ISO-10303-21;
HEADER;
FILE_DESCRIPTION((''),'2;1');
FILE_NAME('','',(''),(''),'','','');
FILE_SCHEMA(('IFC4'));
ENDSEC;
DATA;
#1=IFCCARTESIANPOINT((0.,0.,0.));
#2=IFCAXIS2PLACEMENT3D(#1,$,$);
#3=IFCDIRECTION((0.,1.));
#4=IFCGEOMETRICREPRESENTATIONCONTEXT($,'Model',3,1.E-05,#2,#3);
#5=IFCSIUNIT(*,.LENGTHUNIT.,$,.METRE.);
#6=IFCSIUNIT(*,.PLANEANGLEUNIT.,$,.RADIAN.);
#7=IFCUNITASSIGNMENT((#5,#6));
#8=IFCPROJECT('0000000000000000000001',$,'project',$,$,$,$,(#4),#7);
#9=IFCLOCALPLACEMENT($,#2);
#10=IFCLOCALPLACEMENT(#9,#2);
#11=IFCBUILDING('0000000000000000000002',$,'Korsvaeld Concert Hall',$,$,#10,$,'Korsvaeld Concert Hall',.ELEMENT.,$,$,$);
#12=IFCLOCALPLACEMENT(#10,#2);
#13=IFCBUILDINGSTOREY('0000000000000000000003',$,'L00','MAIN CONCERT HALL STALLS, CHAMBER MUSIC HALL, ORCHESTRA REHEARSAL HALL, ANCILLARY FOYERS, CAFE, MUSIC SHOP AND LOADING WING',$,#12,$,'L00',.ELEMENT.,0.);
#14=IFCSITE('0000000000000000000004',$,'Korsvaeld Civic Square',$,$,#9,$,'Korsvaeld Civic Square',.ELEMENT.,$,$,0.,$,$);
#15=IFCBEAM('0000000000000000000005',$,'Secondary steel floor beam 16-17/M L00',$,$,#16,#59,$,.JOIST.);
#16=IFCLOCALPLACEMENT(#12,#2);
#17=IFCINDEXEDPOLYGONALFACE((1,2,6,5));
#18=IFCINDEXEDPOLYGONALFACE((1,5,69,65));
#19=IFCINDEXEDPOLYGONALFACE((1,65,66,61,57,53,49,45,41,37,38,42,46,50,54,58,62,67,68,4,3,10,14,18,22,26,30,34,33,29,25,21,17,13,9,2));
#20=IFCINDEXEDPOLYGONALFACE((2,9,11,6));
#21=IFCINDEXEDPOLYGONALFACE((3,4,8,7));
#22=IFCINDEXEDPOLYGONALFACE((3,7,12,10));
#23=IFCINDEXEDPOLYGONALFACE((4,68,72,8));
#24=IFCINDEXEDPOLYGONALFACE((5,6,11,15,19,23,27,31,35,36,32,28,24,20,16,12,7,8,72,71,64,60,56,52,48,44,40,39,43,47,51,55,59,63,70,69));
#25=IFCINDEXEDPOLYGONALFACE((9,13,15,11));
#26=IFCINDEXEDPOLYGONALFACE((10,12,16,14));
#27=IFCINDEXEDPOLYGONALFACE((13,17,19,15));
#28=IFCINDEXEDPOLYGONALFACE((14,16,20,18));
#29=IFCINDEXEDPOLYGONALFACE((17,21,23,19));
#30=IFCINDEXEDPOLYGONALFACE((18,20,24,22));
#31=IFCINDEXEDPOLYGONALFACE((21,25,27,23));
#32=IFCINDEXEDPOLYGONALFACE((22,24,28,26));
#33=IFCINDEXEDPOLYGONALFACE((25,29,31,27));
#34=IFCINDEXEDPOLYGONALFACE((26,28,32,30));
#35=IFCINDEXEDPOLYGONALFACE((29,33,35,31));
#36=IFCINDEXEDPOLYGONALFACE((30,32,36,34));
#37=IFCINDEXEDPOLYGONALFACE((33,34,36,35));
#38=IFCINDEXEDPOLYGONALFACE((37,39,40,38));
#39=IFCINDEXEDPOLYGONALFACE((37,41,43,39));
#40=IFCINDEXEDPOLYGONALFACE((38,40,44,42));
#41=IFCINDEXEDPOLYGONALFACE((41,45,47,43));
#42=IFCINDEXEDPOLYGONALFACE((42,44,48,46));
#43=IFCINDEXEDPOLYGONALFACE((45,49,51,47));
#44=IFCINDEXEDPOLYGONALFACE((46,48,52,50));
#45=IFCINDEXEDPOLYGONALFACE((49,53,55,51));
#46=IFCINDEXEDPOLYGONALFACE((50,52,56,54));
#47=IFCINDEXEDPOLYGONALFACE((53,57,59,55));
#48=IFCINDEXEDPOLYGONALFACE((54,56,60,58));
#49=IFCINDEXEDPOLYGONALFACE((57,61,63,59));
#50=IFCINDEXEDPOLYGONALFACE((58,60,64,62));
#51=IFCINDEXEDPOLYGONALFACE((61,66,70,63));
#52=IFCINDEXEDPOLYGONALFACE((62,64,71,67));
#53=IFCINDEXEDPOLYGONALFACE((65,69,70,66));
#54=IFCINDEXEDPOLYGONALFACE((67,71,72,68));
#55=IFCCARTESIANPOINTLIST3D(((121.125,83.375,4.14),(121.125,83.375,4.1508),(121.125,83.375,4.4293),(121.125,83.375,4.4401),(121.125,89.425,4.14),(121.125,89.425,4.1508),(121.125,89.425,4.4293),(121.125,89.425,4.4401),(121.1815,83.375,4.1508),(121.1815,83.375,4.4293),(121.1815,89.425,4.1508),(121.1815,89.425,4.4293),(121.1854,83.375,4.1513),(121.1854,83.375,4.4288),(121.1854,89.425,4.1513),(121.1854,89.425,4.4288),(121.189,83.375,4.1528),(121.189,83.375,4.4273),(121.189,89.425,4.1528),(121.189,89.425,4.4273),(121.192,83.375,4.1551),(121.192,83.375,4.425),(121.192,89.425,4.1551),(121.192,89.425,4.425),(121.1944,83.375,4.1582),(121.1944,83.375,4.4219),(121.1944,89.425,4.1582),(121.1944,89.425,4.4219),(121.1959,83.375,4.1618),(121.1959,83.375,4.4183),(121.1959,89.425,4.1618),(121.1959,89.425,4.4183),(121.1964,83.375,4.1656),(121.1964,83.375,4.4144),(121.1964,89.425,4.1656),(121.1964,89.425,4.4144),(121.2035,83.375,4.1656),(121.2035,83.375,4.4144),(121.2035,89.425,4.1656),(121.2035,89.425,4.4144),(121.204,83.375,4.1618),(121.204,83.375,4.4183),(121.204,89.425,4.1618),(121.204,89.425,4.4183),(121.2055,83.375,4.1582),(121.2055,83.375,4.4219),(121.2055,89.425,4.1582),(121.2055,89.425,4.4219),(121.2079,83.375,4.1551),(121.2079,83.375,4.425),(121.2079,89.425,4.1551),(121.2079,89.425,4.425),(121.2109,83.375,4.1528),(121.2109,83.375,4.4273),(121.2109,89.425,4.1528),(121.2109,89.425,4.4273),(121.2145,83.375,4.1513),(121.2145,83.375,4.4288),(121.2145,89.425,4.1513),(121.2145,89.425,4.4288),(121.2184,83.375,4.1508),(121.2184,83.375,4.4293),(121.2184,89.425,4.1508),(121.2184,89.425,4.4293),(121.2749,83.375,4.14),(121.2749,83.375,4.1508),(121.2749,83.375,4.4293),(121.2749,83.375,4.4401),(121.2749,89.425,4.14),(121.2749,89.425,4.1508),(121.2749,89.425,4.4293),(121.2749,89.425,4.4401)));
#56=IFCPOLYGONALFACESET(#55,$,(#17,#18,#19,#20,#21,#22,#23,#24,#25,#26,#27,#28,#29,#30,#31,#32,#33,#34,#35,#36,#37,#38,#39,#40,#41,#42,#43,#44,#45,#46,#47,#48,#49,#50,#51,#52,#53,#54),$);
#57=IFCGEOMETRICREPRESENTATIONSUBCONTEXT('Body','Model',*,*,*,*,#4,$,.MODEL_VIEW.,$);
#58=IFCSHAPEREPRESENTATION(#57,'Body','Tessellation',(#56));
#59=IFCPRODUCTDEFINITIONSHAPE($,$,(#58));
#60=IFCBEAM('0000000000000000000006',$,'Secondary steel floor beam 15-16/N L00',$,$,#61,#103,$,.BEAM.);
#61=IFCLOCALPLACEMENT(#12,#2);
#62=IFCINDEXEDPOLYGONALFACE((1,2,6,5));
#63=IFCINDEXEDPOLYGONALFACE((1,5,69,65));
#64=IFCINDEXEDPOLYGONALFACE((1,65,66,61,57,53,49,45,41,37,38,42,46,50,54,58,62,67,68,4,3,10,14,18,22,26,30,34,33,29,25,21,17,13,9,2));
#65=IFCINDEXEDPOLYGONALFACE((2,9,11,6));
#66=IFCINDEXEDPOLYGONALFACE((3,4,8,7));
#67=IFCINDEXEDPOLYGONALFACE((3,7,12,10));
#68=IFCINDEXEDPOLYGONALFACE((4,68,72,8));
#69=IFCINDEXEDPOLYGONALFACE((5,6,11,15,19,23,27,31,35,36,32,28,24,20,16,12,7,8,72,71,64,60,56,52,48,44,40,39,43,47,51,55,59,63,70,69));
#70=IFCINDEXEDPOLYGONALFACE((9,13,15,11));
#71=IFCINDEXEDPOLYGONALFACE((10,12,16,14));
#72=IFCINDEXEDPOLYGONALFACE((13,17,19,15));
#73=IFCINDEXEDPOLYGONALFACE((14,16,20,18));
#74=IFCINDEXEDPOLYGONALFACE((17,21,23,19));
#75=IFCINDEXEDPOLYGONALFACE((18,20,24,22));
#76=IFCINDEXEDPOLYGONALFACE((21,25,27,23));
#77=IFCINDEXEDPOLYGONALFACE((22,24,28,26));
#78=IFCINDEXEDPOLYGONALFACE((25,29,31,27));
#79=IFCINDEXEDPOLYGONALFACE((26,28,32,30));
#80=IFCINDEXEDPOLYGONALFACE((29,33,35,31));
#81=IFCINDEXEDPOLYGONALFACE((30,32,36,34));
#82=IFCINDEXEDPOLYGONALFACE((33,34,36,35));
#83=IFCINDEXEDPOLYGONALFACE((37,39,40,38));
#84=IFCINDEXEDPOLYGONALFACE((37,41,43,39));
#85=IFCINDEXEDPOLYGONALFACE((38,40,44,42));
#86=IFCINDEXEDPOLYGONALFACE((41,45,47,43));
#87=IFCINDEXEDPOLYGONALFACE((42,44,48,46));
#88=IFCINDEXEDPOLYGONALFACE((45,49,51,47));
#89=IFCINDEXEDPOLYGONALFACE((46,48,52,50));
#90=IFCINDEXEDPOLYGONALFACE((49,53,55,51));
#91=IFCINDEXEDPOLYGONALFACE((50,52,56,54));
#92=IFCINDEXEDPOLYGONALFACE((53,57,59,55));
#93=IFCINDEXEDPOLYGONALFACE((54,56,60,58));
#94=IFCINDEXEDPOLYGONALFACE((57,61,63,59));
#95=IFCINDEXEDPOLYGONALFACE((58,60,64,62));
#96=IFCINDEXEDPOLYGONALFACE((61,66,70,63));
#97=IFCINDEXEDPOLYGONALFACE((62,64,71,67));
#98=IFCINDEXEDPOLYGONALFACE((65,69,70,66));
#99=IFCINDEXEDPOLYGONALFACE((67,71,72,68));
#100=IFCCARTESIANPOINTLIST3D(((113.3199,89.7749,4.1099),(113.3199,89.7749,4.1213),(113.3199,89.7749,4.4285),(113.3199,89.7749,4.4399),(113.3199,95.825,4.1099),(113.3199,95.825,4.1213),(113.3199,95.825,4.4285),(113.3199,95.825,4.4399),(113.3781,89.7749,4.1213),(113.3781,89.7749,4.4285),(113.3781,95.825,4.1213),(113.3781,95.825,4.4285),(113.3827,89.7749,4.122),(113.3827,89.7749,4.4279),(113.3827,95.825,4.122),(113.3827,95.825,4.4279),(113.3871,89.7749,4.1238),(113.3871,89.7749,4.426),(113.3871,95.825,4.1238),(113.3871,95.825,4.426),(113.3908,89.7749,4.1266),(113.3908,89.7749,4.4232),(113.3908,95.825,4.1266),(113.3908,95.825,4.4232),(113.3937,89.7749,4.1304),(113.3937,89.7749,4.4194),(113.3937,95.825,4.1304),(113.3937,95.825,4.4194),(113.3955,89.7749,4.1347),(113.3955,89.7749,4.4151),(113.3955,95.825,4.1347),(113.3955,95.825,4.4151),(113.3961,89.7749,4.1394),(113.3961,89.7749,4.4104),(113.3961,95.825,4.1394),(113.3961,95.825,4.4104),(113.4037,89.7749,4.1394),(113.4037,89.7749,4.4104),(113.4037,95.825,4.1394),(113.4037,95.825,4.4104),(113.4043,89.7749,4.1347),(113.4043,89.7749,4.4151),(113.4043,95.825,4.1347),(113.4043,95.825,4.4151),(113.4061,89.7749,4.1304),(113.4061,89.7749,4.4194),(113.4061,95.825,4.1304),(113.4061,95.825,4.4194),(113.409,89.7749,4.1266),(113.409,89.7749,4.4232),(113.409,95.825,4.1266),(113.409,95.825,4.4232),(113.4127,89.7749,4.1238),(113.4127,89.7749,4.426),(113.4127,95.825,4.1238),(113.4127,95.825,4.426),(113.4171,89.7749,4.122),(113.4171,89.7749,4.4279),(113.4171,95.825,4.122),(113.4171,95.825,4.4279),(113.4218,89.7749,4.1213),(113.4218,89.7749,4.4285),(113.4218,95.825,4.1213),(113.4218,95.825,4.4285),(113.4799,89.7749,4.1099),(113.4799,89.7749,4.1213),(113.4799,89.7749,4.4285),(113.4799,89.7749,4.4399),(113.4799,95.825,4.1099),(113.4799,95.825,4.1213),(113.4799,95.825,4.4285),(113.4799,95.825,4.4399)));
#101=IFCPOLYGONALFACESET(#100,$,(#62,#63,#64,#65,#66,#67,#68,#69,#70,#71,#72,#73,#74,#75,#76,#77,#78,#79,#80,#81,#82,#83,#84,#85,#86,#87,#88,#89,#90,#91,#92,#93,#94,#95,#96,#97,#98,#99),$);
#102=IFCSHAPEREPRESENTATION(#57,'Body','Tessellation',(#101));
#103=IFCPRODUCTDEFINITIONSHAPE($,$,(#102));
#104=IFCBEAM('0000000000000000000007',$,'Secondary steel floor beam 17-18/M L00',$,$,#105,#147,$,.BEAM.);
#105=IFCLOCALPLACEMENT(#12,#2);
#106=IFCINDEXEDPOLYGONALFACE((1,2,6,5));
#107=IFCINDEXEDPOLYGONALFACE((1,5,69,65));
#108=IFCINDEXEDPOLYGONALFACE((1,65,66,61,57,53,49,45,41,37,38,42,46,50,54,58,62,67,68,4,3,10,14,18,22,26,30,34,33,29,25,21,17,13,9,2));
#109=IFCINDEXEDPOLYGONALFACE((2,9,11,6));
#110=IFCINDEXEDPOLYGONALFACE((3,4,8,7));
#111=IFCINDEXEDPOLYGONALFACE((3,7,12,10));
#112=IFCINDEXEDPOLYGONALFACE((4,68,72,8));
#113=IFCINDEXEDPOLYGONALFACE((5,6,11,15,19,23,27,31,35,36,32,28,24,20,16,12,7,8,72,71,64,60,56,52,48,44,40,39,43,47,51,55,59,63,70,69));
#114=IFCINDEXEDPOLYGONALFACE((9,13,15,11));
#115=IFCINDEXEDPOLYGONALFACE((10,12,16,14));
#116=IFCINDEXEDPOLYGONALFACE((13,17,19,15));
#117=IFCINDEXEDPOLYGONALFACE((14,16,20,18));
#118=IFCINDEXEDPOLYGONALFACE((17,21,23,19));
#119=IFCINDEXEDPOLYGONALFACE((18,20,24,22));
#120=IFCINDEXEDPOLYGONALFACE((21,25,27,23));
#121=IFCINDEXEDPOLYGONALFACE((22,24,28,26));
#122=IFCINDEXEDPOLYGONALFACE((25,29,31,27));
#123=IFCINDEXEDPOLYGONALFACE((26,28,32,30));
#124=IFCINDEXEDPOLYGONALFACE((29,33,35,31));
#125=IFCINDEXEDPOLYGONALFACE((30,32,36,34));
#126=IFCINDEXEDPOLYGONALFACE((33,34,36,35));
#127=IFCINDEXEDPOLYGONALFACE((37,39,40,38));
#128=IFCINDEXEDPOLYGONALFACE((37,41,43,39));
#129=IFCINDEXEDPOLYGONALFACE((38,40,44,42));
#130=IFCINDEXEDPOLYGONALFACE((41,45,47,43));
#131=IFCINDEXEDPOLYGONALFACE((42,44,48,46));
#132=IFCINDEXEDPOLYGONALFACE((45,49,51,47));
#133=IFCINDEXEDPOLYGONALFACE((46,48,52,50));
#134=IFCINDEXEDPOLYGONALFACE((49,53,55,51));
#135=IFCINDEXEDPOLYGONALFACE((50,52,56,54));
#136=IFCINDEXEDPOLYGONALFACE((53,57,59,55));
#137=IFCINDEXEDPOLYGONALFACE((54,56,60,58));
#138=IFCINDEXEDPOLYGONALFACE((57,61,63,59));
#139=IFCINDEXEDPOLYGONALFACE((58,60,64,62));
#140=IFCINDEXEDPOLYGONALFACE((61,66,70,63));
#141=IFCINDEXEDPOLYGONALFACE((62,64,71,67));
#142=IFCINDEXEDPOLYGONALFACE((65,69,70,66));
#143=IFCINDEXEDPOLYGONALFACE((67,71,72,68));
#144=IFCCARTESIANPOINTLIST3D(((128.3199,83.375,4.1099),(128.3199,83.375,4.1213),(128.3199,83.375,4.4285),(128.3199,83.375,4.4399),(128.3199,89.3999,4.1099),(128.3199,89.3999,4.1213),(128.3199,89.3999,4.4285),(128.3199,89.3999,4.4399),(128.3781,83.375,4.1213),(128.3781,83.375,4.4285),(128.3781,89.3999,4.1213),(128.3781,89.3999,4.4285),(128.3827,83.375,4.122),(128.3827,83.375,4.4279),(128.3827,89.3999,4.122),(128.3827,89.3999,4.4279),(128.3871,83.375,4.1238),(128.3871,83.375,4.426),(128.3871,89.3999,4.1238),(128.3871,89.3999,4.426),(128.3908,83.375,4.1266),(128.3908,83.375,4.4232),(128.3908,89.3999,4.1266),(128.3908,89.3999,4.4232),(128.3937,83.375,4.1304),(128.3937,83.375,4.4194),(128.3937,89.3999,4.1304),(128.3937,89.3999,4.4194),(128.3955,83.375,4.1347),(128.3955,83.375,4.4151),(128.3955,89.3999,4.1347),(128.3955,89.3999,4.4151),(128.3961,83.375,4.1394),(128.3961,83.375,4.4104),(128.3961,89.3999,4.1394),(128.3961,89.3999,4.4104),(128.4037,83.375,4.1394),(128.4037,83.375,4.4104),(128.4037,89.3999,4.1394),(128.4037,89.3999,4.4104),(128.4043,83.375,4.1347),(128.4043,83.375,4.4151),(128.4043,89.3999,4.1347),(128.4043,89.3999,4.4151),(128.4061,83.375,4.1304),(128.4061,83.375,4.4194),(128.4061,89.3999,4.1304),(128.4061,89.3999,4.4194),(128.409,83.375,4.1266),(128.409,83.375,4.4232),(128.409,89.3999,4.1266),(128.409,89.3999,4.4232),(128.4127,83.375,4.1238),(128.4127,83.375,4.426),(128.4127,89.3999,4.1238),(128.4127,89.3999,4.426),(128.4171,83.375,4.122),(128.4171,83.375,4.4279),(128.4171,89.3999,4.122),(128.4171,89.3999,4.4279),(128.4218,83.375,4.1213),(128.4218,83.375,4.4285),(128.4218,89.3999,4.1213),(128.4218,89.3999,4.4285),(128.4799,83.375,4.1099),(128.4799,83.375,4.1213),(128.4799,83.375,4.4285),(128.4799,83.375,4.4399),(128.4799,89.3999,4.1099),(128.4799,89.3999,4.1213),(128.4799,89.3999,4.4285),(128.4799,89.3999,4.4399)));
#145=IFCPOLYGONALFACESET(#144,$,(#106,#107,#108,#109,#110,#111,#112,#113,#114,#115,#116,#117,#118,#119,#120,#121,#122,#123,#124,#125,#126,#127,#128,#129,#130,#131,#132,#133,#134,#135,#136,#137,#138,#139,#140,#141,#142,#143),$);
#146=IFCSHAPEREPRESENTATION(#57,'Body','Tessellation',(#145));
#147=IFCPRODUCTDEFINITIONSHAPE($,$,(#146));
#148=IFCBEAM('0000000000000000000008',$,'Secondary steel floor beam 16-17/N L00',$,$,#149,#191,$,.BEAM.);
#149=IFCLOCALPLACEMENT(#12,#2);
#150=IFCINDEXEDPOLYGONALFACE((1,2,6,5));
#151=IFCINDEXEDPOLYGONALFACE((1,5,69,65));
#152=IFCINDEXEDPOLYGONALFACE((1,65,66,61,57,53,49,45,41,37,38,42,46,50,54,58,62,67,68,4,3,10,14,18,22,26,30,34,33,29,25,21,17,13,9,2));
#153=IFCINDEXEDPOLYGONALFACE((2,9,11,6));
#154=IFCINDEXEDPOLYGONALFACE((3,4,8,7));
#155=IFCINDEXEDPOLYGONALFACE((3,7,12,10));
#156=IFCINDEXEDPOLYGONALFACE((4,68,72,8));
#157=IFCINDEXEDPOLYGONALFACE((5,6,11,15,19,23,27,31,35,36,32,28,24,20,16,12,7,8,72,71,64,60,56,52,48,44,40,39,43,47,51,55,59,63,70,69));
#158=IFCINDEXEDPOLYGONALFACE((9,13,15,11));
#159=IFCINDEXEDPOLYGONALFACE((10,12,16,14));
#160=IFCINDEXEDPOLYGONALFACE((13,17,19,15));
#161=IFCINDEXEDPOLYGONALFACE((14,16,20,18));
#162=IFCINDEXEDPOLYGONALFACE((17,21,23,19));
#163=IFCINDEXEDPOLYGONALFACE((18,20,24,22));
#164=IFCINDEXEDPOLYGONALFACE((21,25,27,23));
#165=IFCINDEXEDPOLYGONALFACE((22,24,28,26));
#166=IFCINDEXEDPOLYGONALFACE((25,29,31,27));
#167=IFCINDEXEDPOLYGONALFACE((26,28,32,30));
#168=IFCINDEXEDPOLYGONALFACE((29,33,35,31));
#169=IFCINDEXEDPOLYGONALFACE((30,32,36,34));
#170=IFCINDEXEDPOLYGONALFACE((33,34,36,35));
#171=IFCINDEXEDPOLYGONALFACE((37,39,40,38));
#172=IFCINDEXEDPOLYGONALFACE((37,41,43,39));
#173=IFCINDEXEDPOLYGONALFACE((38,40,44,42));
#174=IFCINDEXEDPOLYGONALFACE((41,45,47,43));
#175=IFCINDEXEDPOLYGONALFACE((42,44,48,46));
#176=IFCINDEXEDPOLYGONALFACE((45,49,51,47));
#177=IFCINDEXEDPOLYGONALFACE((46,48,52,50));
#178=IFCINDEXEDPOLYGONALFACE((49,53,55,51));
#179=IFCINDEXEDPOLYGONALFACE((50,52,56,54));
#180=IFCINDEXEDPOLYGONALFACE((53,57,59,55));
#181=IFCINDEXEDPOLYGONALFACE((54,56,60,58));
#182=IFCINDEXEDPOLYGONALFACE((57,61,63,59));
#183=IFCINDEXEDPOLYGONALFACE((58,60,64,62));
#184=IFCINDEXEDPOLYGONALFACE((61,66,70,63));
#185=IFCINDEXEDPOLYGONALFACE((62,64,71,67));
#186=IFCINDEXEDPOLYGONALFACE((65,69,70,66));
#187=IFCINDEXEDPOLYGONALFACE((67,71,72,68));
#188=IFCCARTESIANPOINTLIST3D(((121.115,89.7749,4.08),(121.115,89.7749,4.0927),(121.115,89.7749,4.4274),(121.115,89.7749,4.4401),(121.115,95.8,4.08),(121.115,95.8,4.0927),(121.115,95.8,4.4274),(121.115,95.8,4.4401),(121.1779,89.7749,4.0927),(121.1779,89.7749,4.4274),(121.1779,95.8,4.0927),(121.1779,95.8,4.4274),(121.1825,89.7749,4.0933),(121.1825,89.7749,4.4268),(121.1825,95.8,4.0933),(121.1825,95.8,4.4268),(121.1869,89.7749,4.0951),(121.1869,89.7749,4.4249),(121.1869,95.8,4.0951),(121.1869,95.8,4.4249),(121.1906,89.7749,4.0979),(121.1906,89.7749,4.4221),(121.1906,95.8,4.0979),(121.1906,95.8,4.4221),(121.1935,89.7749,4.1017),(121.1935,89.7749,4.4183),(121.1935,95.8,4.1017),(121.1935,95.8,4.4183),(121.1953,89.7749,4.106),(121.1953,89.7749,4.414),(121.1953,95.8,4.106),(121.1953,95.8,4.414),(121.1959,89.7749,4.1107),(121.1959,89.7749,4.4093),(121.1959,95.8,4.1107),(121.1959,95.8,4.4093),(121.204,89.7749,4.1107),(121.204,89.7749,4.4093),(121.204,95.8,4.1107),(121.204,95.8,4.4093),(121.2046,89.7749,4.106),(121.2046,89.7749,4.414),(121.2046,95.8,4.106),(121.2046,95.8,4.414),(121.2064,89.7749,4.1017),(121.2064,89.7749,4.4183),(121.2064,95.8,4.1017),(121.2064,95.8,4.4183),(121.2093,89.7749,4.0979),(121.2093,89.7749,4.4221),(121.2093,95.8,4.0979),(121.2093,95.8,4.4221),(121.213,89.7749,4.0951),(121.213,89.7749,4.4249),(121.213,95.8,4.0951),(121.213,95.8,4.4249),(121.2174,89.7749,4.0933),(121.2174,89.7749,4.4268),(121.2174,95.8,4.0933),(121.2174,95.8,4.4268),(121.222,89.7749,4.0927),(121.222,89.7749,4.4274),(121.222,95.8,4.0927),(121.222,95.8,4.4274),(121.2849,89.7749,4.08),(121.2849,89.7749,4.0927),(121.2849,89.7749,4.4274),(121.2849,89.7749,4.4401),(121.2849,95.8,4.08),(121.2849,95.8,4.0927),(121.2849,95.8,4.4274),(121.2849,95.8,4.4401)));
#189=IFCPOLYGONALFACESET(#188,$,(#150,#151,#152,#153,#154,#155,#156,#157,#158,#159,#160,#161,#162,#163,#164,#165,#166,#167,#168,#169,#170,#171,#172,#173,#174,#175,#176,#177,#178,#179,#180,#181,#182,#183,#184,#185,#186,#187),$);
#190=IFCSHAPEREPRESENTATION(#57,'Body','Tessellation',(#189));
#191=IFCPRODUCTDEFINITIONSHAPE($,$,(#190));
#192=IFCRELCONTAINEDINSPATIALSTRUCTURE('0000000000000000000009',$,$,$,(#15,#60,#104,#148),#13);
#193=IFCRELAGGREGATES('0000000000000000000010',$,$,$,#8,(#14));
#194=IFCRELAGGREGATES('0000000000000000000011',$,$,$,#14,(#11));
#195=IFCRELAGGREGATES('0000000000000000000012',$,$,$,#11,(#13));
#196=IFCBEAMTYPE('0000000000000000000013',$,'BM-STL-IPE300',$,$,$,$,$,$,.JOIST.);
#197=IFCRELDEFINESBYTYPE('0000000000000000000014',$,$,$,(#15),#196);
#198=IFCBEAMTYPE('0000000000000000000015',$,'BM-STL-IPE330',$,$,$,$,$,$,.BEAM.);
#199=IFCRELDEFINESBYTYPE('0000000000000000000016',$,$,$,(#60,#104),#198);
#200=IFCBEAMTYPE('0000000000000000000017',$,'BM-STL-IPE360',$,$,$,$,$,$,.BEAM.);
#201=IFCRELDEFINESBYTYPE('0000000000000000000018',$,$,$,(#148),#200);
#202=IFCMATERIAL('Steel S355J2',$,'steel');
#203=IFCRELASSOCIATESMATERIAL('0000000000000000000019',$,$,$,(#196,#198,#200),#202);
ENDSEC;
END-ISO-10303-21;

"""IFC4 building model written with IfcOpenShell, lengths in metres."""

from ifc_helpers import new_model, si_unit, direction, frame, origin, origin_2d, place, context, subcontext, project, spatial, i_section, extrude, material, material_profile, profile_set, type_object, element, save


model = new_model("IFC4")

# Units and contexts
model_context = context("Model", 3, precision=1e-05, world=origin(), true_north=direction((0.0, 1.0)))
body_context = subcontext(model_context, "Body", "Model", "MODEL_VIEW")
ifc_project = project(units=[si_unit("LENGTHUNIT", "METRE"), si_unit("PLANEANGLEUNIT", "RADIAN")], contexts=[model_context])

# Site, building, storey
site_placement = place(None, origin())
site = spatial("IfcSite", under=ifc_project, at=site_placement, Name="Korsvaeld Civic Square", LongName="Korsvaeld Civic Square", CompositionType="ELEMENT", RefElevation=0.0)
building_placement = place(site_placement, origin())
building = spatial("IfcBuilding", under=site, at=building_placement, Name="Korsvaeld Concert Hall", LongName="Korsvaeld Concert Hall", CompositionType="ELEMENT")
storey_placement = place(building_placement, origin())
storey = spatial("IfcBuildingStorey", under=building, at=storey_placement, Name="L00", Description="MAIN CONCERT HALL STALLS, CHAMBER MUSIC HALL, ORCHESTRA REHEARSAL HALL, ANCILLARY FOYERS, CAFE, MUSIC SHOP AND LOADING WING", LongName="L00", CompositionType="ELEMENT", Elevation=0.0)

# Beams
ifc_material_1 = material(Name="Steel S355J2", Category="steel")
ifc_material_profile_1 = material_profile(ifc_material_1, i_section(OverallWidth=0.1499, OverallDepth=0.3, WebThickness=0.0071, FlangeThickness=0.0107, FilletRadius=0.0149, at=origin_2d()), Name="IPE 300")
ifc_profile_set_1 = profile_set([ifc_material_profile_1], Name="Steel S355J2")
beam_type_1 = type_object("IfcBeamType", Name="BM-STL-IPE300", PredefinedType="JOIST", material=ifc_profile_set_1)
beam_1_placement = place(storey_placement, frame((121.2, 83.375, 4.29), z_axis=(0.0, 1.0, 0.0), x_axis=(-1.0, 0.0, 0.0)))
element("IfcBeam", 1, at=beam_1_placement, inside=storey, type_object=beam_type_1, Name="Secondary steel floor beam 16-17/M L00", PredefinedType="JOIST", context=body_context, shape_type="SweptSolid", body=[
    extrude(i_section(OverallWidth=0.1499, OverallDepth=0.3, WebThickness=0.0071, FlangeThickness=0.0107, FilletRadius=0.0149, at=origin_2d()), origin(), (0.0, 0.0, 1.0), 6.05),
])
ifc_material_profile_2 = material_profile(ifc_material_1, i_section(OverallWidth=0.1599, OverallDepth=0.3301, WebThickness=0.0076, FlangeThickness=0.0115, FilletRadius=0.0181, at=origin_2d()), Name="IPE 330")
ifc_profile_set_2 = profile_set([ifc_material_profile_2], Name="Steel S355J2")
beam_type_2 = type_object("IfcBeamType", Name="BM-STL-IPE330", PredefinedType="BEAM", material=ifc_profile_set_2)
beam_2_placement = place(storey_placement, frame((113.3999, 89.7749, 4.2749), z_axis=(0.0, 1.0, 0.0), x_axis=(-1.0, 0.0, 0.0)))
element("IfcBeam", 2, at=beam_2_placement, inside=storey, type_object=beam_type_2, Name="Secondary steel floor beam 15-16/N L00", PredefinedType="BEAM", context=body_context, shape_type="SweptSolid", body=[
    extrude(i_section(OverallWidth=0.1599, OverallDepth=0.3301, WebThickness=0.0076, FlangeThickness=0.0115, FilletRadius=0.0181, at=origin_2d()), origin(), (0.0, 0.0, 1.0), 6.05),
])
beam_3_placement = place(storey_placement, frame((128.3999, 83.375, 4.2749), z_axis=(0.0, 1.0, 0.0), x_axis=(-1.0, 0.0, 0.0)))
element("IfcBeam", 3, at=beam_3_placement, inside=storey, type_object=beam_type_2, Name="Secondary steel floor beam 17-18/M L00", PredefinedType="BEAM", context=body_context, shape_type="SweptSolid", body=[
    extrude(i_section(OverallWidth=0.1599, OverallDepth=0.3301, WebThickness=0.0076, FlangeThickness=0.0115, FilletRadius=0.0181, at=origin_2d()), origin(), (0.0, 0.0, 1.0), 6.0249),
])
ifc_material_profile_3 = material_profile(ifc_material_1, i_section(OverallWidth=0.1699, OverallDepth=0.3601, WebThickness=0.0081, FlangeThickness=0.0127, FilletRadius=0.0181, at=origin_2d()), Name="IPE 360")
ifc_profile_set_3 = profile_set([ifc_material_profile_3], Name="Steel S355J2")
beam_type_3 = type_object("IfcBeamType", Name="BM-STL-IPE360", PredefinedType="BEAM", material=ifc_profile_set_3)
beam_4_placement = place(storey_placement, frame((121.2, 89.7749, 4.26), z_axis=(0.0, 1.0, 0.0), x_axis=(-1.0, 0.0, 0.0)))
element("IfcBeam", 4, at=beam_4_placement, inside=storey, type_object=beam_type_3, Name="Secondary steel floor beam 16-17/N L00", PredefinedType="BEAM", context=body_context, shape_type="SweptSolid", body=[
    extrude(i_section(OverallWidth=0.1699, OverallDepth=0.3601, WebThickness=0.0081, FlangeThickness=0.0127, FilletRadius=0.0181, at=origin_2d()), origin(), (0.0, 0.0, 1.0), 6.0251),
])

save(model, "model.ifc")
